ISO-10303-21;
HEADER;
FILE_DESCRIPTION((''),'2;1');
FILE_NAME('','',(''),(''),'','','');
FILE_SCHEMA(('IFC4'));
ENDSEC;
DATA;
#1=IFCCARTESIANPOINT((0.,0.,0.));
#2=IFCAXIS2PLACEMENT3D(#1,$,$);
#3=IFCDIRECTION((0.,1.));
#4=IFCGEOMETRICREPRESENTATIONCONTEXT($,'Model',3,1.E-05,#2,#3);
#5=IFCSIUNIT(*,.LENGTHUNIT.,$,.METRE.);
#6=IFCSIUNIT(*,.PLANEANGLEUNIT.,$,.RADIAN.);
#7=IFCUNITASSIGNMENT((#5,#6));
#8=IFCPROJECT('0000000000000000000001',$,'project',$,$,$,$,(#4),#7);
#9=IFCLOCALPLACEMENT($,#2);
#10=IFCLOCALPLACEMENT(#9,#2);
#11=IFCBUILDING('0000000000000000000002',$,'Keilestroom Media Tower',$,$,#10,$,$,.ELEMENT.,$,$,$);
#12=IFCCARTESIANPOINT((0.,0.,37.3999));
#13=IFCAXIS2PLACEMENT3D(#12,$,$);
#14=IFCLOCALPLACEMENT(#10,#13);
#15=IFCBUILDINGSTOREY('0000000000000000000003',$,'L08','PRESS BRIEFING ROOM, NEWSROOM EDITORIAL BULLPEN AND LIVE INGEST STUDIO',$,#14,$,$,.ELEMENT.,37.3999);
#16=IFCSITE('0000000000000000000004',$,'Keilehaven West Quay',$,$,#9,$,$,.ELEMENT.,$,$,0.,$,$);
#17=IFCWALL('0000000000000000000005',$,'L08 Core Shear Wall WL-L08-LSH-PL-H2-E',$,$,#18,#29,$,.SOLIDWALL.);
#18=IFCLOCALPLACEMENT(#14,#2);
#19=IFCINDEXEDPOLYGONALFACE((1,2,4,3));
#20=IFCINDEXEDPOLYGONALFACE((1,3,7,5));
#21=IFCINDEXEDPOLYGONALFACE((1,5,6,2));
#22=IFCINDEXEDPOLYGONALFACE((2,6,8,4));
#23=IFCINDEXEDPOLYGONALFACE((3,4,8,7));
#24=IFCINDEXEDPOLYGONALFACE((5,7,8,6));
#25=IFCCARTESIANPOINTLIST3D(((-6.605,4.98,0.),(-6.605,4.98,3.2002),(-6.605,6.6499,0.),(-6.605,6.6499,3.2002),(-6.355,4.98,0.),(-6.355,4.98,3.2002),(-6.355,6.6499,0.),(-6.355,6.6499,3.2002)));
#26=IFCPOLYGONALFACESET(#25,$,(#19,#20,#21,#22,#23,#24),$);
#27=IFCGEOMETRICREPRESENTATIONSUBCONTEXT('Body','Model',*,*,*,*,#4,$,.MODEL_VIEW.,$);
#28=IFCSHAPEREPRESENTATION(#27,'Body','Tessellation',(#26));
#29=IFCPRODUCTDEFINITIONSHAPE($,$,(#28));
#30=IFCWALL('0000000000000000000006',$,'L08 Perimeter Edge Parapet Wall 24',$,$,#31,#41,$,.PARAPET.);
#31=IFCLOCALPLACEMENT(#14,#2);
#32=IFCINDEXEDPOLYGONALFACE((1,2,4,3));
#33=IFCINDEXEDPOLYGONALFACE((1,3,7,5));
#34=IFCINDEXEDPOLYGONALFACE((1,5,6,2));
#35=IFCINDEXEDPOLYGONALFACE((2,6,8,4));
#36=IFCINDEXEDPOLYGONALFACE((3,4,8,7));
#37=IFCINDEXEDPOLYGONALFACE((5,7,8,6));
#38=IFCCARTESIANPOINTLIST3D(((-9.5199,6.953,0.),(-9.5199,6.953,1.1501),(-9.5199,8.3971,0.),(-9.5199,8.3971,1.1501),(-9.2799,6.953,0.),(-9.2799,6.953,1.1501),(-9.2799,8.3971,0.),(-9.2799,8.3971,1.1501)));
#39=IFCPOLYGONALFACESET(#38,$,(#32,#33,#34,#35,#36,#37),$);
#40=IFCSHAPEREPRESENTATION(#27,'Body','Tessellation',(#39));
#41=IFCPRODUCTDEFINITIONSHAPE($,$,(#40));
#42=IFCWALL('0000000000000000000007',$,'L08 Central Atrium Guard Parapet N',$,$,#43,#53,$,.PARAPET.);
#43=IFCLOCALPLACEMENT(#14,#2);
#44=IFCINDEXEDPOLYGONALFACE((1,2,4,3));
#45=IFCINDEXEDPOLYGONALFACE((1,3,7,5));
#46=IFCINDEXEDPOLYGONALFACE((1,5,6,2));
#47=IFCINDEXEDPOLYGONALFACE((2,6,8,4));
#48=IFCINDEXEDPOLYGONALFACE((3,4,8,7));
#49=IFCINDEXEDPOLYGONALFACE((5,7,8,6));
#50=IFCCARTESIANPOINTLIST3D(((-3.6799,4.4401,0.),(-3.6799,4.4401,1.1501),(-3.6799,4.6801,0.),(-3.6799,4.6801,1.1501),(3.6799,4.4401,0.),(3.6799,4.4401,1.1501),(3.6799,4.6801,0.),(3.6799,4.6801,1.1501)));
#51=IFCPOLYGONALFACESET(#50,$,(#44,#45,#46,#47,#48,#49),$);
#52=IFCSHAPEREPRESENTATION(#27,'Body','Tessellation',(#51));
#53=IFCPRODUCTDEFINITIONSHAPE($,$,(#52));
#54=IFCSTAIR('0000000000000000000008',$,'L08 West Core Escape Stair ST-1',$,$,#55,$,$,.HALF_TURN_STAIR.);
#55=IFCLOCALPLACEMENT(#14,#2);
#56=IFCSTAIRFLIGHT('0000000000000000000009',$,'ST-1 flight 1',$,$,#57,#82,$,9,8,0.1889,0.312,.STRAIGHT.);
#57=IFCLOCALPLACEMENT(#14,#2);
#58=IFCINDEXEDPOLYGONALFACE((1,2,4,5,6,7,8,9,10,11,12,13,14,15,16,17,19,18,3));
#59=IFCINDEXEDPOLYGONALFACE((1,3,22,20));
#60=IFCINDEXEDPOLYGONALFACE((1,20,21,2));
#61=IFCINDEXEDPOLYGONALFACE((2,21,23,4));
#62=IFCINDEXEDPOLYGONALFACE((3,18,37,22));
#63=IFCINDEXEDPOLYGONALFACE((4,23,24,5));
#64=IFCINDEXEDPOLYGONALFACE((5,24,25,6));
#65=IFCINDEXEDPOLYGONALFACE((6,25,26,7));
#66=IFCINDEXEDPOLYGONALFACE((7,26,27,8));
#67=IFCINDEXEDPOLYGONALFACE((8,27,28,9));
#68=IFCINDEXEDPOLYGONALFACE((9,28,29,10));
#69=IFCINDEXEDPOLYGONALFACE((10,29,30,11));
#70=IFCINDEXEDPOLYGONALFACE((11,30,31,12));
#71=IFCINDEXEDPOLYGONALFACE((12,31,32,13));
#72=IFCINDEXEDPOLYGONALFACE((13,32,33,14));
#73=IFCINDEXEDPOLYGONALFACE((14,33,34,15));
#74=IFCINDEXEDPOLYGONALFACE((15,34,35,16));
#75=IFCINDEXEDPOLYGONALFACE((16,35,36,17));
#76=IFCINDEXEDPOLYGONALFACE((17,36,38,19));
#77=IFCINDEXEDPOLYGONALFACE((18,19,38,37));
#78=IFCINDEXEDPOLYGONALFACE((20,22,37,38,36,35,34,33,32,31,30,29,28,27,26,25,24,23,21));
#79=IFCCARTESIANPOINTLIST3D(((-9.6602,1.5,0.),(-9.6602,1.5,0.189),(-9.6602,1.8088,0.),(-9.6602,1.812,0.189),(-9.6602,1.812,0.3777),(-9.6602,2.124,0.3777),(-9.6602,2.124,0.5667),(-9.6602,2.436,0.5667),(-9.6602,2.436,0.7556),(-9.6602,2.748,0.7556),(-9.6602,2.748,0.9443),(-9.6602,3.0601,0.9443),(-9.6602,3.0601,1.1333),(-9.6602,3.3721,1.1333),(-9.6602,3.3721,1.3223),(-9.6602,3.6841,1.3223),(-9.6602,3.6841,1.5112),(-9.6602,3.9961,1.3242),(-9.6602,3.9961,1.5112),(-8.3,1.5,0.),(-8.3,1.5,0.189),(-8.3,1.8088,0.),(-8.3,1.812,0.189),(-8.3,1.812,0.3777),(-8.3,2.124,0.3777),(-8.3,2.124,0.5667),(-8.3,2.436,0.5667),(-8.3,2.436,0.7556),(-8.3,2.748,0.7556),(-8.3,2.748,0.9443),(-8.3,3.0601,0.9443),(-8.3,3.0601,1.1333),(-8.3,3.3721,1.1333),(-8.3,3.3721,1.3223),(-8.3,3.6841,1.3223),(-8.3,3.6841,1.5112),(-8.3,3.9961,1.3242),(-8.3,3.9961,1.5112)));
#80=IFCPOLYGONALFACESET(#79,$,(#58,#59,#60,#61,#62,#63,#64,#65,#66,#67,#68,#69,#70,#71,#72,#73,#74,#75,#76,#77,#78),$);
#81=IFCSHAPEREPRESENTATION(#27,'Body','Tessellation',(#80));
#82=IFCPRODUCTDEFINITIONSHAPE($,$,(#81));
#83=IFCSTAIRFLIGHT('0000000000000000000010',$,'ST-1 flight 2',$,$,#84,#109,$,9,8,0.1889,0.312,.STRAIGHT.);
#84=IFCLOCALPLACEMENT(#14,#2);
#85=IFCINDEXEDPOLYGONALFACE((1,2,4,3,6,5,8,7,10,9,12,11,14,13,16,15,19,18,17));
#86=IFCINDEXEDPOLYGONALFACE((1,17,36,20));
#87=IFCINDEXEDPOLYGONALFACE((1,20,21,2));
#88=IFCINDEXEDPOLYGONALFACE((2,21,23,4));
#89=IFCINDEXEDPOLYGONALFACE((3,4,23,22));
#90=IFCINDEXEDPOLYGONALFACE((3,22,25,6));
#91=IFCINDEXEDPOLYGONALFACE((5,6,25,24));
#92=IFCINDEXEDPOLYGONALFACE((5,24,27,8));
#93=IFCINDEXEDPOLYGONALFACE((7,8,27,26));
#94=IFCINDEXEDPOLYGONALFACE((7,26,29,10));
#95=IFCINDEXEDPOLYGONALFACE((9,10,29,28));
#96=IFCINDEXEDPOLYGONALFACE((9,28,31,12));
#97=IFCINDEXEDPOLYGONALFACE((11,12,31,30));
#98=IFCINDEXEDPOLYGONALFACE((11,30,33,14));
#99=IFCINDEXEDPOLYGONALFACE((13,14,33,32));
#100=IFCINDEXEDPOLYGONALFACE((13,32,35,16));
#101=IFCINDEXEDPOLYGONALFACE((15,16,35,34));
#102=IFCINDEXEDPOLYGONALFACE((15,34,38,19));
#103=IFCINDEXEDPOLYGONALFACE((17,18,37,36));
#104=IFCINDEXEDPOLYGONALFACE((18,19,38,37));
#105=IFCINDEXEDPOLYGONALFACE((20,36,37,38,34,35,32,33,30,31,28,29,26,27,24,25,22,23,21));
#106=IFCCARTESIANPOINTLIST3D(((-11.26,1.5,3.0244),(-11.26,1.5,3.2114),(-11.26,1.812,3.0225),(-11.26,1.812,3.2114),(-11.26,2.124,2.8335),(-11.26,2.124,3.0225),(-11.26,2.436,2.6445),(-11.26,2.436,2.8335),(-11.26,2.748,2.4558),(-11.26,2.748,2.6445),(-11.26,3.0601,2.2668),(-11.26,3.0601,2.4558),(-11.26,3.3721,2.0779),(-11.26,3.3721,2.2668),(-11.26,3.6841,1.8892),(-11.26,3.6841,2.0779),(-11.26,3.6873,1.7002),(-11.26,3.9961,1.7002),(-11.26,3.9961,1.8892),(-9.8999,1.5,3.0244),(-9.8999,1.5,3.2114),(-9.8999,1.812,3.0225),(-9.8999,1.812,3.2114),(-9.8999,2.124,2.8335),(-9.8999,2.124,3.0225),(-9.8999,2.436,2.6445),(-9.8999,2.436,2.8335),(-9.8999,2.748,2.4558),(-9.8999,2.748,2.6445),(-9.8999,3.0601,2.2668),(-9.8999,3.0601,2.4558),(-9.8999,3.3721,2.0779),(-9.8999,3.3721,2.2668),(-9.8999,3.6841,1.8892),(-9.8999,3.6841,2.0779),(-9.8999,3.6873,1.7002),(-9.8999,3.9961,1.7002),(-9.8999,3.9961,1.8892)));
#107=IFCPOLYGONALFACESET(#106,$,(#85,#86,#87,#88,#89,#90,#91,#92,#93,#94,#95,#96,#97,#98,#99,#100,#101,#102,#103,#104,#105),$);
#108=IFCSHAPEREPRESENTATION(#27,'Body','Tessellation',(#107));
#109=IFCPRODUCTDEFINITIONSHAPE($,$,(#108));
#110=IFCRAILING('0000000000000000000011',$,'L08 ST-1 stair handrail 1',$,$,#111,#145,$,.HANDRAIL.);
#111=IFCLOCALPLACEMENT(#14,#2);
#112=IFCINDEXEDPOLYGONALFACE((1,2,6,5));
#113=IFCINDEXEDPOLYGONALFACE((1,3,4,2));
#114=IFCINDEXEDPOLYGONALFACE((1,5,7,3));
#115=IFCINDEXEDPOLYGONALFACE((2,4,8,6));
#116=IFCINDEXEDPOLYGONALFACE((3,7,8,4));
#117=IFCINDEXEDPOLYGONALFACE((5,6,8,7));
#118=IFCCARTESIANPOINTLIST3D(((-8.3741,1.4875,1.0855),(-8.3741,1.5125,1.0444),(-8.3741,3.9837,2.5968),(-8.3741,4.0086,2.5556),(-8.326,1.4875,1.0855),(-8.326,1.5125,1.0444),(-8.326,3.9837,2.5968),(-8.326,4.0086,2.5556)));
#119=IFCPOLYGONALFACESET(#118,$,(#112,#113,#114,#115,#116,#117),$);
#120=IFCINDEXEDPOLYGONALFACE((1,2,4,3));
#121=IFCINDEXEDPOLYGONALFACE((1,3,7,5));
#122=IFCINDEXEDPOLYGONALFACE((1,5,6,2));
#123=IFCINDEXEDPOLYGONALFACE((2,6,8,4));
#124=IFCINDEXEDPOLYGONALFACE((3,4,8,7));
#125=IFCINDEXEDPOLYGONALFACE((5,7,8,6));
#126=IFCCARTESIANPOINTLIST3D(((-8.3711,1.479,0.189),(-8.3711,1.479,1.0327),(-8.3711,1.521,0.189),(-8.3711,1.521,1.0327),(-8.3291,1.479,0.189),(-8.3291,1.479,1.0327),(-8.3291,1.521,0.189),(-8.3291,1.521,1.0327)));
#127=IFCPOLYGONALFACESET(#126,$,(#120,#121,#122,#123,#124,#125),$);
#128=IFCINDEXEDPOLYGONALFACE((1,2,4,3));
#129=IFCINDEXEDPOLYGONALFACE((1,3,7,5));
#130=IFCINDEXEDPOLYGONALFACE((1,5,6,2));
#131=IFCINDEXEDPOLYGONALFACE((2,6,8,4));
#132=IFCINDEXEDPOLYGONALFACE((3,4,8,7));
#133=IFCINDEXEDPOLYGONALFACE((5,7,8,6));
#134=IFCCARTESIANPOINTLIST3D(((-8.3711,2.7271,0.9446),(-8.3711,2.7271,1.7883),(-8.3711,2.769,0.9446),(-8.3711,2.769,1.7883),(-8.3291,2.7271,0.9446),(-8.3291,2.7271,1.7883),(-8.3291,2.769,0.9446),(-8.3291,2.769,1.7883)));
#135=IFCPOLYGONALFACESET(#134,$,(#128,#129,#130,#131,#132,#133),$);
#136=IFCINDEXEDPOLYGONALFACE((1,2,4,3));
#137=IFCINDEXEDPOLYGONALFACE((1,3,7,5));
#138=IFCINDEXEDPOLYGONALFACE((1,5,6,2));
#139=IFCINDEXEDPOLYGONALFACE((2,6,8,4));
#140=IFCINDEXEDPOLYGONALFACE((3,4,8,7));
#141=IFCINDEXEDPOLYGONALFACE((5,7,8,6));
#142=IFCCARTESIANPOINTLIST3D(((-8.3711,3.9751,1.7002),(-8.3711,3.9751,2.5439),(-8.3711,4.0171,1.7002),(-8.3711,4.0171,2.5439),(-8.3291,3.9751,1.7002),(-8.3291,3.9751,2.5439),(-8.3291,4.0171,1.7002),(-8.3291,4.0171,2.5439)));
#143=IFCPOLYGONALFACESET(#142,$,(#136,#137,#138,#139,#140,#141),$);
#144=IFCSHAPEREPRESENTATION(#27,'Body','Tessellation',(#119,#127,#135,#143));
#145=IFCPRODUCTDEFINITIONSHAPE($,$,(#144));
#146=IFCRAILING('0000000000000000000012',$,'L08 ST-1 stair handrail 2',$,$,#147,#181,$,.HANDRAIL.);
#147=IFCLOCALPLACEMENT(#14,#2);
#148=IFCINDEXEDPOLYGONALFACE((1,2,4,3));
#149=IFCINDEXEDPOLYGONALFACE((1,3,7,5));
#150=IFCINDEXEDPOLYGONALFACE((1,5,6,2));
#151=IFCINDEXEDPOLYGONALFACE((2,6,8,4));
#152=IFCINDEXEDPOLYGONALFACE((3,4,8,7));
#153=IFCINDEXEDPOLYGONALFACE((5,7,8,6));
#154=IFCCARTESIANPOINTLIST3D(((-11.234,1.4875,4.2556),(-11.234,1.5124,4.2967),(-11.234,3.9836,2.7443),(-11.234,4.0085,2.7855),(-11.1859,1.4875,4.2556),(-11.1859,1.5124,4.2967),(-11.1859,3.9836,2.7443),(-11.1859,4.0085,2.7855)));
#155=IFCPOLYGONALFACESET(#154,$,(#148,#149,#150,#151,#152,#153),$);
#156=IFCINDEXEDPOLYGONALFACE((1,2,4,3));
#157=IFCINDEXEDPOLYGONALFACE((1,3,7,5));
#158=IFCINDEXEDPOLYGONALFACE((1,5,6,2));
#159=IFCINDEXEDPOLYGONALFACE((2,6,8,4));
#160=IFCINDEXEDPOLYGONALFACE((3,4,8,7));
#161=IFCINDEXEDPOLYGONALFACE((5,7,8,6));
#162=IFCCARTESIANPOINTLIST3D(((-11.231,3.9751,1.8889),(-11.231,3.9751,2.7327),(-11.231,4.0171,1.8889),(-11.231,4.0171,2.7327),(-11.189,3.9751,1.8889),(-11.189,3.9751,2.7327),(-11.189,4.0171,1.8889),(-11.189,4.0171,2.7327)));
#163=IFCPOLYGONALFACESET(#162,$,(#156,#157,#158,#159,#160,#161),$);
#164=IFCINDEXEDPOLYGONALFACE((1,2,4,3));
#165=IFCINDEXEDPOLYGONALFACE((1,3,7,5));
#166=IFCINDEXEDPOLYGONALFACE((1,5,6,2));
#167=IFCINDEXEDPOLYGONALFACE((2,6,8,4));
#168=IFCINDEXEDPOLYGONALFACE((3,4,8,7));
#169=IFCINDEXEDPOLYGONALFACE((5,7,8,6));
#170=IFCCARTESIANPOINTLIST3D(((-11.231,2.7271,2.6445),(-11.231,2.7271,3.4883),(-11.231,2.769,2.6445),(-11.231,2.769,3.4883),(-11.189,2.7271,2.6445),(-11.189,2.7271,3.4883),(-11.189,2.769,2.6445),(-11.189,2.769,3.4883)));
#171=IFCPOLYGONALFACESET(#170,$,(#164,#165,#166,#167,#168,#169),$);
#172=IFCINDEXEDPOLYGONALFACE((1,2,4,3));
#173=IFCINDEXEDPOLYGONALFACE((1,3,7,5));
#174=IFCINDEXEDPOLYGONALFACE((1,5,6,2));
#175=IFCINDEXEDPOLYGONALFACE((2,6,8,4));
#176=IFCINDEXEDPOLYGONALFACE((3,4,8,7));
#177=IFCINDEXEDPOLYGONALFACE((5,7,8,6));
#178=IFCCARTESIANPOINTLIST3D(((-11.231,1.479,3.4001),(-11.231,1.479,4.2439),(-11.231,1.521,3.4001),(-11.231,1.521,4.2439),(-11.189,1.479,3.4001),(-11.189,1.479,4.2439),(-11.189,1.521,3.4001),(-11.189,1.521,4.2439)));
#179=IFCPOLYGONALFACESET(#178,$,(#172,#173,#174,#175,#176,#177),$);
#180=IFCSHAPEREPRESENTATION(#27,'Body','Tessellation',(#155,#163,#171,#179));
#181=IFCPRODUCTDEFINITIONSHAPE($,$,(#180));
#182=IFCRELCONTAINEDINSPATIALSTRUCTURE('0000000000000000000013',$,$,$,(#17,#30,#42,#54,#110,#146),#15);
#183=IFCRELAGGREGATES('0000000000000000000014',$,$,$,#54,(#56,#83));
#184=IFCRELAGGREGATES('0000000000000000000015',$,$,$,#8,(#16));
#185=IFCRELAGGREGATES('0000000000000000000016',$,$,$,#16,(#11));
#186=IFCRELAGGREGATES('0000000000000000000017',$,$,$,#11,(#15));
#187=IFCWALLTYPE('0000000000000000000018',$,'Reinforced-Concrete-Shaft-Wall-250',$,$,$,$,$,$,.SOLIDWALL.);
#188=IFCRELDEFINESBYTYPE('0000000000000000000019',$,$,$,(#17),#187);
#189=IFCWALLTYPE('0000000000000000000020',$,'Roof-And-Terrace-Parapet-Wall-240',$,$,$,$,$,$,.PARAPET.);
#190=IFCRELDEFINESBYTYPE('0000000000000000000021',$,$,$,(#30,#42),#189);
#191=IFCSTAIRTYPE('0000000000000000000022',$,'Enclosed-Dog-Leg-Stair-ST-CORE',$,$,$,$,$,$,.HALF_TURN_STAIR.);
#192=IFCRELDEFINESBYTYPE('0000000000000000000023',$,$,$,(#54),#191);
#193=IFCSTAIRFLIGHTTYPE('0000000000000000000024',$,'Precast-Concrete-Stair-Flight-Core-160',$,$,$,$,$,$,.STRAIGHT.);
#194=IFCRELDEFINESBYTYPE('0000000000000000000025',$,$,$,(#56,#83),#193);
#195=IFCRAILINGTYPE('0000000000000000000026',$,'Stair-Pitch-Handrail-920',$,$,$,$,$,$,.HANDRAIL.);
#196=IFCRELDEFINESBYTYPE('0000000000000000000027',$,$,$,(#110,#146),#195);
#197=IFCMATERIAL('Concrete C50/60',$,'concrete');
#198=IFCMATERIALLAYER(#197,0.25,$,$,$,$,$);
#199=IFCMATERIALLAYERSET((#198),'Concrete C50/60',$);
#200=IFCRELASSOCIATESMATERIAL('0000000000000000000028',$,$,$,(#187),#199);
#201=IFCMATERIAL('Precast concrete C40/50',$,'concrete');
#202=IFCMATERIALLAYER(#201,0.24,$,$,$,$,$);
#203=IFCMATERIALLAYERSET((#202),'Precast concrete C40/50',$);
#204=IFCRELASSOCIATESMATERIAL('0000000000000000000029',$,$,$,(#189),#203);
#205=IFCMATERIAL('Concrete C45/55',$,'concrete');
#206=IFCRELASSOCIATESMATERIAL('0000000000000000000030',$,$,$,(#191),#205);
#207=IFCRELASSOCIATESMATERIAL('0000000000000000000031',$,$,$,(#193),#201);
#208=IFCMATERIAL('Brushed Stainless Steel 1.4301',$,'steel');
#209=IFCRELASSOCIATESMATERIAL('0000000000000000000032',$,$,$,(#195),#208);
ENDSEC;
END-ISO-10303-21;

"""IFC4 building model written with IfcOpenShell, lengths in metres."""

from ifc_helpers import new_model, si_unit, direction, frame, frame_2d, origin, origin_2d, place, context, subcontext, project, spatial, polyline, rectangle, outline, extrude, material, layer, layer_set, type_object, element, aggregate, save


model = new_model("IFC4")

# Units and contexts
model_context = context("Model", 3, precision=1e-05, world=origin(), true_north=direction((0.0, 1.0)))
body_context = subcontext(model_context, "Body", "Model", "MODEL_VIEW")
ifc_project = project(units=[si_unit("LENGTHUNIT", "METRE"), si_unit("PLANEANGLEUNIT", "RADIAN")], contexts=[model_context])

# Site, building, storey
site_placement = place(None, origin())
site = spatial("IfcSite", under=ifc_project, at=site_placement, Name="Keilehaven West Quay", CompositionType="ELEMENT", RefElevation=0.0)
building_placement = place(site_placement, origin())
building = spatial("IfcBuilding", under=site, at=building_placement, Name="Keilestroom Media Tower", CompositionType="ELEMENT")
storey_placement = place(building_placement, frame((0.0, 0.0, 37.3999)))
storey = spatial("IfcBuildingStorey", under=building, at=storey_placement, Name="L08", Description="PRESS BRIEFING ROOM, NEWSROOM EDITORIAL BULLPEN AND LIVE INGEST STUDIO", CompositionType="ELEMENT", Elevation=37.3999)

# Shared definitions
ifc_material_1 = material(Name="Concrete C50/60", Category="concrete")

# Shared definitions
ifc_layer_1 = layer(ifc_material_1, 0.25)
ifc_layer_set_1 = layer_set([ifc_layer_1], Name="Concrete C50/60")
wall_type_1 = type_object("IfcWallType", Name="Reinforced-Concrete-Shaft-Wall-250", PredefinedType="SOLIDWALL", material=ifc_layer_set_1)

# Walls
wall_1_placement = place(storey_placement, frame((-6.48, 4.98, 0.0), z_axis=(0.0, 0.0, 1.0), x_axis=(0.0, 1.0, 0.0)))
element("IfcWall", 1, at=wall_1_placement, inside=storey, type_object=wall_type_1, Name="L08 Core Shear Wall WL-L08-LSH-PL-H2-E", PredefinedType="SOLIDWALL", context=body_context, shape_type="SweptSolid", body=[
    extrude(rectangle(XDim=1.6699, YDim=0.25, at=frame_2d((0.835, 0.0))), origin(), (0.0, 0.0, 1.0), 3.2002),
])
ifc_material_2 = material(Name="Precast concrete C40/50", Category="concrete")
ifc_layer_2 = layer(ifc_material_2, 0.24)
ifc_layer_set_2 = layer_set([ifc_layer_2], Name="Precast concrete C40/50")
wall_type_2 = type_object("IfcWallType", Name="Roof-And-Terrace-Parapet-Wall-240", PredefinedType="PARAPET", material=ifc_layer_set_2)
wall_2_placement = place(storey_placement, frame((-9.3999, 6.9529, 0.0), z_axis=(0.0, 0.0, 1.0), x_axis=(0.0, 1.0, 0.0)))
element("IfcWall", 2, at=wall_2_placement, inside=storey, type_object=wall_type_2, Name="L08 Perimeter Edge Parapet Wall 24", PredefinedType="PARAPET", context=body_context, shape_type="SweptSolid", body=[
    extrude(rectangle(XDim=1.4441, YDim=0.24, at=frame_2d((0.7222, 0.0))), origin(), (0.0, 0.0, 1.0), 1.1501),
])
wall_3_placement = place(storey_placement, frame((-3.6799, 4.5601, 0.0), z_axis=(0.0, 0.0, 1.0), x_axis=(1.0, 0.0, 0.0)))
element("IfcWall", 3, at=wall_3_placement, inside=storey, type_object=wall_type_2, Name="L08 Central Atrium Guard Parapet N", PredefinedType="PARAPET", context=body_context, shape_type="SweptSolid", body=[
    extrude(rectangle(XDim=7.3599, YDim=0.24, at=frame_2d((3.6799, 0.0))), origin(), (0.0, 0.0, 1.0), 1.1501),
])

# Stair, stair flights
ifc_material_3 = material(Name="Concrete C45/55", Category="concrete")
stair_type = type_object("IfcStairType", Name="Enclosed-Dog-Leg-Stair-ST-CORE", PredefinedType="HALF_TURN_STAIR", material=ifc_material_3)
stair_placement = place(storey_placement, origin())
stair = element("IfcStair", 4, at=stair_placement, inside=storey, type_object=stair_type, Name="L08 West Core Escape Stair ST-1", PredefinedType="HALF_TURN_STAIR")
stair_flight_type = type_object("IfcStairFlightType", Name="Precast-Concrete-Stair-Flight-Core-160", PredefinedType="STRAIGHT", material=ifc_material_2)
stair_flight_1_placement = place(storey_placement, frame((-8.98, 1.5, 0.0), z_axis=(0.0, 0.0, 1.0), x_axis=(0.0, 1.0, 0.0)))
stair_flight_1 = element("IfcStairFlight", 5, at=stair_flight_1_placement, type_object=stair_flight_type, Name="ST-1 flight 1", NumberOfRisers=9, NumberOfTreads=8, PredefinedType="STRAIGHT", RiserHeight=0.1889, TreadLength=0.312, context=body_context, shape_type="SweptSolid", body=[
    extrude(outline(polyline([(0.0, 0.0), (0.0, 0.189), (0.312, 0.189), (0.312, 0.3777), (0.624, 0.3777), (0.624, 0.5667), (0.936, 0.5667), (0.936, 0.7556), (1.248, 0.7556), (1.248, 0.9443), (1.5601, 0.9443), (1.5601, 1.1333), (1.8721, 1.1333), (1.8721, 1.3223), (2.1841, 1.3223), (2.1841, 1.5112), (2.4961, 1.5112), (2.4961, 1.7), (2.4961, 1.3242), (0.3088, 0.0), (0.0, 0.0)])), frame((0.0, 0.6802, 0.0), z_axis=(0.0, -1.0, 0.0), x_axis=(1.0, 0.0, 0.0)), (0.0, 0.0, 1.0), 1.3601),
])
stair_flight_2_placement = place(storey_placement, frame((-10.5801, 3.9961, 1.7002), z_axis=(0.0, 0.0, 1.0), x_axis=(0.0, -1.0, 0.0)))
stair_flight_2 = element("IfcStairFlight", 6, at=stair_flight_2_placement, type_object=stair_flight_type, Name="ST-1 flight 2", NumberOfRisers=9, NumberOfTreads=8, PredefinedType="STRAIGHT", RiserHeight=0.1889, TreadLength=0.312, context=body_context, shape_type="SweptSolid", body=[
    extrude(outline(polyline([(0.0, 0.0), (0.0, 0.189), (0.312, 0.189), (0.312, 0.3777), (0.624, 0.3777), (0.624, 0.5667), (0.936, 0.5667), (0.936, 0.7556), (1.248, 0.7556), (1.248, 0.9443), (1.5601, 0.9443), (1.5601, 1.1333), (1.8721, 1.1333), (1.8721, 1.3223), (2.1841, 1.3223), (2.1841, 1.5112), (2.4961, 1.5112), (2.4961, 1.7), (2.4961, 1.3242), (0.3088, 0.0), (0.0, 0.0)])), frame((0.0, 0.6802, 0.0), z_axis=(0.0, -1.0, 0.0), x_axis=(1.0, 0.0, 0.0)), (0.0, 0.0, 1.0), 1.3601),
])
aggregate(stair, [stair_flight_1, stair_flight_2])

# Railings
ifc_material_4 = material(Name="Brushed Stainless Steel 1.4301", Category="steel")
railing_type_1 = type_object("IfcRailingType", Name="Stair-Pitch-Handrail-920", PredefinedType="HANDRAIL", material=ifc_material_4)
railing_1_placement = place(storey_placement, frame((-8.3501, 1.5, 0.189)))
element("IfcRailing", 7, at=railing_1_placement, inside=storey, type_object=railing_type_1, Name="L08 ST-1 stair handrail 1", PredefinedType="HANDRAIL", context=body_context, shape_type="SweptSolid", body=[
    extrude(rectangle(XDim=0.0481, YDim=0.0481, at=origin_2d()), frame((0.0, 0.0, 0.876), z_axis=(0.0, 0.855434, 0.517912), x_axis=(-1.0, 0.0, 0.0)), (0.0, 0.0, 1.0), 2.918),
    extrude(rectangle(XDim=0.042, YDim=0.042, at=origin_2d()), origin(), (0.0, 0.0, 1.0), 0.8438),
    extrude(rectangle(XDim=0.042, YDim=0.042, at=origin_2d()), frame((0.0, 1.248, 0.7556)), (0.0, 0.0, 1.0), 0.8438),
    extrude(rectangle(XDim=0.042, YDim=0.042, at=origin_2d()), frame((0.0, 2.4961, 1.5112)), (0.0, 0.0, 1.0), 0.8438),
])
railing_2_placement = place(storey_placement, frame((-11.21, 3.9961, 1.8889)))
element("IfcRailing", 8, at=railing_2_placement, inside=storey, type_object=railing_type_1, Name="L08 ST-1 stair handrail 2", PredefinedType="HANDRAIL", context=body_context, shape_type="SweptSolid", body=[
    extrude(rectangle(XDim=0.0481, YDim=0.0481, at=origin_2d()), frame((0.0, 0.0, 0.876), z_axis=(0.0, -0.855434, 0.517912), x_axis=(1.0, 0.0, 0.0)), (0.0, 0.0, 1.0), 2.918),
    extrude(rectangle(XDim=0.042, YDim=0.042, at=origin_2d()), origin(), (0.0, 0.0, 1.0), 0.8438),
    extrude(rectangle(XDim=0.042, YDim=0.042, at=origin_2d()), frame((0.0, -1.248, 0.7556)), (0.0, 0.0, 1.0), 0.8438),
    extrude(rectangle(XDim=0.042, YDim=0.042, at=origin_2d()), frame((0.0, -2.4961, 1.5112)), (0.0, 0.0, 1.0), 0.8438),
])

save(model, "model.ifc")
